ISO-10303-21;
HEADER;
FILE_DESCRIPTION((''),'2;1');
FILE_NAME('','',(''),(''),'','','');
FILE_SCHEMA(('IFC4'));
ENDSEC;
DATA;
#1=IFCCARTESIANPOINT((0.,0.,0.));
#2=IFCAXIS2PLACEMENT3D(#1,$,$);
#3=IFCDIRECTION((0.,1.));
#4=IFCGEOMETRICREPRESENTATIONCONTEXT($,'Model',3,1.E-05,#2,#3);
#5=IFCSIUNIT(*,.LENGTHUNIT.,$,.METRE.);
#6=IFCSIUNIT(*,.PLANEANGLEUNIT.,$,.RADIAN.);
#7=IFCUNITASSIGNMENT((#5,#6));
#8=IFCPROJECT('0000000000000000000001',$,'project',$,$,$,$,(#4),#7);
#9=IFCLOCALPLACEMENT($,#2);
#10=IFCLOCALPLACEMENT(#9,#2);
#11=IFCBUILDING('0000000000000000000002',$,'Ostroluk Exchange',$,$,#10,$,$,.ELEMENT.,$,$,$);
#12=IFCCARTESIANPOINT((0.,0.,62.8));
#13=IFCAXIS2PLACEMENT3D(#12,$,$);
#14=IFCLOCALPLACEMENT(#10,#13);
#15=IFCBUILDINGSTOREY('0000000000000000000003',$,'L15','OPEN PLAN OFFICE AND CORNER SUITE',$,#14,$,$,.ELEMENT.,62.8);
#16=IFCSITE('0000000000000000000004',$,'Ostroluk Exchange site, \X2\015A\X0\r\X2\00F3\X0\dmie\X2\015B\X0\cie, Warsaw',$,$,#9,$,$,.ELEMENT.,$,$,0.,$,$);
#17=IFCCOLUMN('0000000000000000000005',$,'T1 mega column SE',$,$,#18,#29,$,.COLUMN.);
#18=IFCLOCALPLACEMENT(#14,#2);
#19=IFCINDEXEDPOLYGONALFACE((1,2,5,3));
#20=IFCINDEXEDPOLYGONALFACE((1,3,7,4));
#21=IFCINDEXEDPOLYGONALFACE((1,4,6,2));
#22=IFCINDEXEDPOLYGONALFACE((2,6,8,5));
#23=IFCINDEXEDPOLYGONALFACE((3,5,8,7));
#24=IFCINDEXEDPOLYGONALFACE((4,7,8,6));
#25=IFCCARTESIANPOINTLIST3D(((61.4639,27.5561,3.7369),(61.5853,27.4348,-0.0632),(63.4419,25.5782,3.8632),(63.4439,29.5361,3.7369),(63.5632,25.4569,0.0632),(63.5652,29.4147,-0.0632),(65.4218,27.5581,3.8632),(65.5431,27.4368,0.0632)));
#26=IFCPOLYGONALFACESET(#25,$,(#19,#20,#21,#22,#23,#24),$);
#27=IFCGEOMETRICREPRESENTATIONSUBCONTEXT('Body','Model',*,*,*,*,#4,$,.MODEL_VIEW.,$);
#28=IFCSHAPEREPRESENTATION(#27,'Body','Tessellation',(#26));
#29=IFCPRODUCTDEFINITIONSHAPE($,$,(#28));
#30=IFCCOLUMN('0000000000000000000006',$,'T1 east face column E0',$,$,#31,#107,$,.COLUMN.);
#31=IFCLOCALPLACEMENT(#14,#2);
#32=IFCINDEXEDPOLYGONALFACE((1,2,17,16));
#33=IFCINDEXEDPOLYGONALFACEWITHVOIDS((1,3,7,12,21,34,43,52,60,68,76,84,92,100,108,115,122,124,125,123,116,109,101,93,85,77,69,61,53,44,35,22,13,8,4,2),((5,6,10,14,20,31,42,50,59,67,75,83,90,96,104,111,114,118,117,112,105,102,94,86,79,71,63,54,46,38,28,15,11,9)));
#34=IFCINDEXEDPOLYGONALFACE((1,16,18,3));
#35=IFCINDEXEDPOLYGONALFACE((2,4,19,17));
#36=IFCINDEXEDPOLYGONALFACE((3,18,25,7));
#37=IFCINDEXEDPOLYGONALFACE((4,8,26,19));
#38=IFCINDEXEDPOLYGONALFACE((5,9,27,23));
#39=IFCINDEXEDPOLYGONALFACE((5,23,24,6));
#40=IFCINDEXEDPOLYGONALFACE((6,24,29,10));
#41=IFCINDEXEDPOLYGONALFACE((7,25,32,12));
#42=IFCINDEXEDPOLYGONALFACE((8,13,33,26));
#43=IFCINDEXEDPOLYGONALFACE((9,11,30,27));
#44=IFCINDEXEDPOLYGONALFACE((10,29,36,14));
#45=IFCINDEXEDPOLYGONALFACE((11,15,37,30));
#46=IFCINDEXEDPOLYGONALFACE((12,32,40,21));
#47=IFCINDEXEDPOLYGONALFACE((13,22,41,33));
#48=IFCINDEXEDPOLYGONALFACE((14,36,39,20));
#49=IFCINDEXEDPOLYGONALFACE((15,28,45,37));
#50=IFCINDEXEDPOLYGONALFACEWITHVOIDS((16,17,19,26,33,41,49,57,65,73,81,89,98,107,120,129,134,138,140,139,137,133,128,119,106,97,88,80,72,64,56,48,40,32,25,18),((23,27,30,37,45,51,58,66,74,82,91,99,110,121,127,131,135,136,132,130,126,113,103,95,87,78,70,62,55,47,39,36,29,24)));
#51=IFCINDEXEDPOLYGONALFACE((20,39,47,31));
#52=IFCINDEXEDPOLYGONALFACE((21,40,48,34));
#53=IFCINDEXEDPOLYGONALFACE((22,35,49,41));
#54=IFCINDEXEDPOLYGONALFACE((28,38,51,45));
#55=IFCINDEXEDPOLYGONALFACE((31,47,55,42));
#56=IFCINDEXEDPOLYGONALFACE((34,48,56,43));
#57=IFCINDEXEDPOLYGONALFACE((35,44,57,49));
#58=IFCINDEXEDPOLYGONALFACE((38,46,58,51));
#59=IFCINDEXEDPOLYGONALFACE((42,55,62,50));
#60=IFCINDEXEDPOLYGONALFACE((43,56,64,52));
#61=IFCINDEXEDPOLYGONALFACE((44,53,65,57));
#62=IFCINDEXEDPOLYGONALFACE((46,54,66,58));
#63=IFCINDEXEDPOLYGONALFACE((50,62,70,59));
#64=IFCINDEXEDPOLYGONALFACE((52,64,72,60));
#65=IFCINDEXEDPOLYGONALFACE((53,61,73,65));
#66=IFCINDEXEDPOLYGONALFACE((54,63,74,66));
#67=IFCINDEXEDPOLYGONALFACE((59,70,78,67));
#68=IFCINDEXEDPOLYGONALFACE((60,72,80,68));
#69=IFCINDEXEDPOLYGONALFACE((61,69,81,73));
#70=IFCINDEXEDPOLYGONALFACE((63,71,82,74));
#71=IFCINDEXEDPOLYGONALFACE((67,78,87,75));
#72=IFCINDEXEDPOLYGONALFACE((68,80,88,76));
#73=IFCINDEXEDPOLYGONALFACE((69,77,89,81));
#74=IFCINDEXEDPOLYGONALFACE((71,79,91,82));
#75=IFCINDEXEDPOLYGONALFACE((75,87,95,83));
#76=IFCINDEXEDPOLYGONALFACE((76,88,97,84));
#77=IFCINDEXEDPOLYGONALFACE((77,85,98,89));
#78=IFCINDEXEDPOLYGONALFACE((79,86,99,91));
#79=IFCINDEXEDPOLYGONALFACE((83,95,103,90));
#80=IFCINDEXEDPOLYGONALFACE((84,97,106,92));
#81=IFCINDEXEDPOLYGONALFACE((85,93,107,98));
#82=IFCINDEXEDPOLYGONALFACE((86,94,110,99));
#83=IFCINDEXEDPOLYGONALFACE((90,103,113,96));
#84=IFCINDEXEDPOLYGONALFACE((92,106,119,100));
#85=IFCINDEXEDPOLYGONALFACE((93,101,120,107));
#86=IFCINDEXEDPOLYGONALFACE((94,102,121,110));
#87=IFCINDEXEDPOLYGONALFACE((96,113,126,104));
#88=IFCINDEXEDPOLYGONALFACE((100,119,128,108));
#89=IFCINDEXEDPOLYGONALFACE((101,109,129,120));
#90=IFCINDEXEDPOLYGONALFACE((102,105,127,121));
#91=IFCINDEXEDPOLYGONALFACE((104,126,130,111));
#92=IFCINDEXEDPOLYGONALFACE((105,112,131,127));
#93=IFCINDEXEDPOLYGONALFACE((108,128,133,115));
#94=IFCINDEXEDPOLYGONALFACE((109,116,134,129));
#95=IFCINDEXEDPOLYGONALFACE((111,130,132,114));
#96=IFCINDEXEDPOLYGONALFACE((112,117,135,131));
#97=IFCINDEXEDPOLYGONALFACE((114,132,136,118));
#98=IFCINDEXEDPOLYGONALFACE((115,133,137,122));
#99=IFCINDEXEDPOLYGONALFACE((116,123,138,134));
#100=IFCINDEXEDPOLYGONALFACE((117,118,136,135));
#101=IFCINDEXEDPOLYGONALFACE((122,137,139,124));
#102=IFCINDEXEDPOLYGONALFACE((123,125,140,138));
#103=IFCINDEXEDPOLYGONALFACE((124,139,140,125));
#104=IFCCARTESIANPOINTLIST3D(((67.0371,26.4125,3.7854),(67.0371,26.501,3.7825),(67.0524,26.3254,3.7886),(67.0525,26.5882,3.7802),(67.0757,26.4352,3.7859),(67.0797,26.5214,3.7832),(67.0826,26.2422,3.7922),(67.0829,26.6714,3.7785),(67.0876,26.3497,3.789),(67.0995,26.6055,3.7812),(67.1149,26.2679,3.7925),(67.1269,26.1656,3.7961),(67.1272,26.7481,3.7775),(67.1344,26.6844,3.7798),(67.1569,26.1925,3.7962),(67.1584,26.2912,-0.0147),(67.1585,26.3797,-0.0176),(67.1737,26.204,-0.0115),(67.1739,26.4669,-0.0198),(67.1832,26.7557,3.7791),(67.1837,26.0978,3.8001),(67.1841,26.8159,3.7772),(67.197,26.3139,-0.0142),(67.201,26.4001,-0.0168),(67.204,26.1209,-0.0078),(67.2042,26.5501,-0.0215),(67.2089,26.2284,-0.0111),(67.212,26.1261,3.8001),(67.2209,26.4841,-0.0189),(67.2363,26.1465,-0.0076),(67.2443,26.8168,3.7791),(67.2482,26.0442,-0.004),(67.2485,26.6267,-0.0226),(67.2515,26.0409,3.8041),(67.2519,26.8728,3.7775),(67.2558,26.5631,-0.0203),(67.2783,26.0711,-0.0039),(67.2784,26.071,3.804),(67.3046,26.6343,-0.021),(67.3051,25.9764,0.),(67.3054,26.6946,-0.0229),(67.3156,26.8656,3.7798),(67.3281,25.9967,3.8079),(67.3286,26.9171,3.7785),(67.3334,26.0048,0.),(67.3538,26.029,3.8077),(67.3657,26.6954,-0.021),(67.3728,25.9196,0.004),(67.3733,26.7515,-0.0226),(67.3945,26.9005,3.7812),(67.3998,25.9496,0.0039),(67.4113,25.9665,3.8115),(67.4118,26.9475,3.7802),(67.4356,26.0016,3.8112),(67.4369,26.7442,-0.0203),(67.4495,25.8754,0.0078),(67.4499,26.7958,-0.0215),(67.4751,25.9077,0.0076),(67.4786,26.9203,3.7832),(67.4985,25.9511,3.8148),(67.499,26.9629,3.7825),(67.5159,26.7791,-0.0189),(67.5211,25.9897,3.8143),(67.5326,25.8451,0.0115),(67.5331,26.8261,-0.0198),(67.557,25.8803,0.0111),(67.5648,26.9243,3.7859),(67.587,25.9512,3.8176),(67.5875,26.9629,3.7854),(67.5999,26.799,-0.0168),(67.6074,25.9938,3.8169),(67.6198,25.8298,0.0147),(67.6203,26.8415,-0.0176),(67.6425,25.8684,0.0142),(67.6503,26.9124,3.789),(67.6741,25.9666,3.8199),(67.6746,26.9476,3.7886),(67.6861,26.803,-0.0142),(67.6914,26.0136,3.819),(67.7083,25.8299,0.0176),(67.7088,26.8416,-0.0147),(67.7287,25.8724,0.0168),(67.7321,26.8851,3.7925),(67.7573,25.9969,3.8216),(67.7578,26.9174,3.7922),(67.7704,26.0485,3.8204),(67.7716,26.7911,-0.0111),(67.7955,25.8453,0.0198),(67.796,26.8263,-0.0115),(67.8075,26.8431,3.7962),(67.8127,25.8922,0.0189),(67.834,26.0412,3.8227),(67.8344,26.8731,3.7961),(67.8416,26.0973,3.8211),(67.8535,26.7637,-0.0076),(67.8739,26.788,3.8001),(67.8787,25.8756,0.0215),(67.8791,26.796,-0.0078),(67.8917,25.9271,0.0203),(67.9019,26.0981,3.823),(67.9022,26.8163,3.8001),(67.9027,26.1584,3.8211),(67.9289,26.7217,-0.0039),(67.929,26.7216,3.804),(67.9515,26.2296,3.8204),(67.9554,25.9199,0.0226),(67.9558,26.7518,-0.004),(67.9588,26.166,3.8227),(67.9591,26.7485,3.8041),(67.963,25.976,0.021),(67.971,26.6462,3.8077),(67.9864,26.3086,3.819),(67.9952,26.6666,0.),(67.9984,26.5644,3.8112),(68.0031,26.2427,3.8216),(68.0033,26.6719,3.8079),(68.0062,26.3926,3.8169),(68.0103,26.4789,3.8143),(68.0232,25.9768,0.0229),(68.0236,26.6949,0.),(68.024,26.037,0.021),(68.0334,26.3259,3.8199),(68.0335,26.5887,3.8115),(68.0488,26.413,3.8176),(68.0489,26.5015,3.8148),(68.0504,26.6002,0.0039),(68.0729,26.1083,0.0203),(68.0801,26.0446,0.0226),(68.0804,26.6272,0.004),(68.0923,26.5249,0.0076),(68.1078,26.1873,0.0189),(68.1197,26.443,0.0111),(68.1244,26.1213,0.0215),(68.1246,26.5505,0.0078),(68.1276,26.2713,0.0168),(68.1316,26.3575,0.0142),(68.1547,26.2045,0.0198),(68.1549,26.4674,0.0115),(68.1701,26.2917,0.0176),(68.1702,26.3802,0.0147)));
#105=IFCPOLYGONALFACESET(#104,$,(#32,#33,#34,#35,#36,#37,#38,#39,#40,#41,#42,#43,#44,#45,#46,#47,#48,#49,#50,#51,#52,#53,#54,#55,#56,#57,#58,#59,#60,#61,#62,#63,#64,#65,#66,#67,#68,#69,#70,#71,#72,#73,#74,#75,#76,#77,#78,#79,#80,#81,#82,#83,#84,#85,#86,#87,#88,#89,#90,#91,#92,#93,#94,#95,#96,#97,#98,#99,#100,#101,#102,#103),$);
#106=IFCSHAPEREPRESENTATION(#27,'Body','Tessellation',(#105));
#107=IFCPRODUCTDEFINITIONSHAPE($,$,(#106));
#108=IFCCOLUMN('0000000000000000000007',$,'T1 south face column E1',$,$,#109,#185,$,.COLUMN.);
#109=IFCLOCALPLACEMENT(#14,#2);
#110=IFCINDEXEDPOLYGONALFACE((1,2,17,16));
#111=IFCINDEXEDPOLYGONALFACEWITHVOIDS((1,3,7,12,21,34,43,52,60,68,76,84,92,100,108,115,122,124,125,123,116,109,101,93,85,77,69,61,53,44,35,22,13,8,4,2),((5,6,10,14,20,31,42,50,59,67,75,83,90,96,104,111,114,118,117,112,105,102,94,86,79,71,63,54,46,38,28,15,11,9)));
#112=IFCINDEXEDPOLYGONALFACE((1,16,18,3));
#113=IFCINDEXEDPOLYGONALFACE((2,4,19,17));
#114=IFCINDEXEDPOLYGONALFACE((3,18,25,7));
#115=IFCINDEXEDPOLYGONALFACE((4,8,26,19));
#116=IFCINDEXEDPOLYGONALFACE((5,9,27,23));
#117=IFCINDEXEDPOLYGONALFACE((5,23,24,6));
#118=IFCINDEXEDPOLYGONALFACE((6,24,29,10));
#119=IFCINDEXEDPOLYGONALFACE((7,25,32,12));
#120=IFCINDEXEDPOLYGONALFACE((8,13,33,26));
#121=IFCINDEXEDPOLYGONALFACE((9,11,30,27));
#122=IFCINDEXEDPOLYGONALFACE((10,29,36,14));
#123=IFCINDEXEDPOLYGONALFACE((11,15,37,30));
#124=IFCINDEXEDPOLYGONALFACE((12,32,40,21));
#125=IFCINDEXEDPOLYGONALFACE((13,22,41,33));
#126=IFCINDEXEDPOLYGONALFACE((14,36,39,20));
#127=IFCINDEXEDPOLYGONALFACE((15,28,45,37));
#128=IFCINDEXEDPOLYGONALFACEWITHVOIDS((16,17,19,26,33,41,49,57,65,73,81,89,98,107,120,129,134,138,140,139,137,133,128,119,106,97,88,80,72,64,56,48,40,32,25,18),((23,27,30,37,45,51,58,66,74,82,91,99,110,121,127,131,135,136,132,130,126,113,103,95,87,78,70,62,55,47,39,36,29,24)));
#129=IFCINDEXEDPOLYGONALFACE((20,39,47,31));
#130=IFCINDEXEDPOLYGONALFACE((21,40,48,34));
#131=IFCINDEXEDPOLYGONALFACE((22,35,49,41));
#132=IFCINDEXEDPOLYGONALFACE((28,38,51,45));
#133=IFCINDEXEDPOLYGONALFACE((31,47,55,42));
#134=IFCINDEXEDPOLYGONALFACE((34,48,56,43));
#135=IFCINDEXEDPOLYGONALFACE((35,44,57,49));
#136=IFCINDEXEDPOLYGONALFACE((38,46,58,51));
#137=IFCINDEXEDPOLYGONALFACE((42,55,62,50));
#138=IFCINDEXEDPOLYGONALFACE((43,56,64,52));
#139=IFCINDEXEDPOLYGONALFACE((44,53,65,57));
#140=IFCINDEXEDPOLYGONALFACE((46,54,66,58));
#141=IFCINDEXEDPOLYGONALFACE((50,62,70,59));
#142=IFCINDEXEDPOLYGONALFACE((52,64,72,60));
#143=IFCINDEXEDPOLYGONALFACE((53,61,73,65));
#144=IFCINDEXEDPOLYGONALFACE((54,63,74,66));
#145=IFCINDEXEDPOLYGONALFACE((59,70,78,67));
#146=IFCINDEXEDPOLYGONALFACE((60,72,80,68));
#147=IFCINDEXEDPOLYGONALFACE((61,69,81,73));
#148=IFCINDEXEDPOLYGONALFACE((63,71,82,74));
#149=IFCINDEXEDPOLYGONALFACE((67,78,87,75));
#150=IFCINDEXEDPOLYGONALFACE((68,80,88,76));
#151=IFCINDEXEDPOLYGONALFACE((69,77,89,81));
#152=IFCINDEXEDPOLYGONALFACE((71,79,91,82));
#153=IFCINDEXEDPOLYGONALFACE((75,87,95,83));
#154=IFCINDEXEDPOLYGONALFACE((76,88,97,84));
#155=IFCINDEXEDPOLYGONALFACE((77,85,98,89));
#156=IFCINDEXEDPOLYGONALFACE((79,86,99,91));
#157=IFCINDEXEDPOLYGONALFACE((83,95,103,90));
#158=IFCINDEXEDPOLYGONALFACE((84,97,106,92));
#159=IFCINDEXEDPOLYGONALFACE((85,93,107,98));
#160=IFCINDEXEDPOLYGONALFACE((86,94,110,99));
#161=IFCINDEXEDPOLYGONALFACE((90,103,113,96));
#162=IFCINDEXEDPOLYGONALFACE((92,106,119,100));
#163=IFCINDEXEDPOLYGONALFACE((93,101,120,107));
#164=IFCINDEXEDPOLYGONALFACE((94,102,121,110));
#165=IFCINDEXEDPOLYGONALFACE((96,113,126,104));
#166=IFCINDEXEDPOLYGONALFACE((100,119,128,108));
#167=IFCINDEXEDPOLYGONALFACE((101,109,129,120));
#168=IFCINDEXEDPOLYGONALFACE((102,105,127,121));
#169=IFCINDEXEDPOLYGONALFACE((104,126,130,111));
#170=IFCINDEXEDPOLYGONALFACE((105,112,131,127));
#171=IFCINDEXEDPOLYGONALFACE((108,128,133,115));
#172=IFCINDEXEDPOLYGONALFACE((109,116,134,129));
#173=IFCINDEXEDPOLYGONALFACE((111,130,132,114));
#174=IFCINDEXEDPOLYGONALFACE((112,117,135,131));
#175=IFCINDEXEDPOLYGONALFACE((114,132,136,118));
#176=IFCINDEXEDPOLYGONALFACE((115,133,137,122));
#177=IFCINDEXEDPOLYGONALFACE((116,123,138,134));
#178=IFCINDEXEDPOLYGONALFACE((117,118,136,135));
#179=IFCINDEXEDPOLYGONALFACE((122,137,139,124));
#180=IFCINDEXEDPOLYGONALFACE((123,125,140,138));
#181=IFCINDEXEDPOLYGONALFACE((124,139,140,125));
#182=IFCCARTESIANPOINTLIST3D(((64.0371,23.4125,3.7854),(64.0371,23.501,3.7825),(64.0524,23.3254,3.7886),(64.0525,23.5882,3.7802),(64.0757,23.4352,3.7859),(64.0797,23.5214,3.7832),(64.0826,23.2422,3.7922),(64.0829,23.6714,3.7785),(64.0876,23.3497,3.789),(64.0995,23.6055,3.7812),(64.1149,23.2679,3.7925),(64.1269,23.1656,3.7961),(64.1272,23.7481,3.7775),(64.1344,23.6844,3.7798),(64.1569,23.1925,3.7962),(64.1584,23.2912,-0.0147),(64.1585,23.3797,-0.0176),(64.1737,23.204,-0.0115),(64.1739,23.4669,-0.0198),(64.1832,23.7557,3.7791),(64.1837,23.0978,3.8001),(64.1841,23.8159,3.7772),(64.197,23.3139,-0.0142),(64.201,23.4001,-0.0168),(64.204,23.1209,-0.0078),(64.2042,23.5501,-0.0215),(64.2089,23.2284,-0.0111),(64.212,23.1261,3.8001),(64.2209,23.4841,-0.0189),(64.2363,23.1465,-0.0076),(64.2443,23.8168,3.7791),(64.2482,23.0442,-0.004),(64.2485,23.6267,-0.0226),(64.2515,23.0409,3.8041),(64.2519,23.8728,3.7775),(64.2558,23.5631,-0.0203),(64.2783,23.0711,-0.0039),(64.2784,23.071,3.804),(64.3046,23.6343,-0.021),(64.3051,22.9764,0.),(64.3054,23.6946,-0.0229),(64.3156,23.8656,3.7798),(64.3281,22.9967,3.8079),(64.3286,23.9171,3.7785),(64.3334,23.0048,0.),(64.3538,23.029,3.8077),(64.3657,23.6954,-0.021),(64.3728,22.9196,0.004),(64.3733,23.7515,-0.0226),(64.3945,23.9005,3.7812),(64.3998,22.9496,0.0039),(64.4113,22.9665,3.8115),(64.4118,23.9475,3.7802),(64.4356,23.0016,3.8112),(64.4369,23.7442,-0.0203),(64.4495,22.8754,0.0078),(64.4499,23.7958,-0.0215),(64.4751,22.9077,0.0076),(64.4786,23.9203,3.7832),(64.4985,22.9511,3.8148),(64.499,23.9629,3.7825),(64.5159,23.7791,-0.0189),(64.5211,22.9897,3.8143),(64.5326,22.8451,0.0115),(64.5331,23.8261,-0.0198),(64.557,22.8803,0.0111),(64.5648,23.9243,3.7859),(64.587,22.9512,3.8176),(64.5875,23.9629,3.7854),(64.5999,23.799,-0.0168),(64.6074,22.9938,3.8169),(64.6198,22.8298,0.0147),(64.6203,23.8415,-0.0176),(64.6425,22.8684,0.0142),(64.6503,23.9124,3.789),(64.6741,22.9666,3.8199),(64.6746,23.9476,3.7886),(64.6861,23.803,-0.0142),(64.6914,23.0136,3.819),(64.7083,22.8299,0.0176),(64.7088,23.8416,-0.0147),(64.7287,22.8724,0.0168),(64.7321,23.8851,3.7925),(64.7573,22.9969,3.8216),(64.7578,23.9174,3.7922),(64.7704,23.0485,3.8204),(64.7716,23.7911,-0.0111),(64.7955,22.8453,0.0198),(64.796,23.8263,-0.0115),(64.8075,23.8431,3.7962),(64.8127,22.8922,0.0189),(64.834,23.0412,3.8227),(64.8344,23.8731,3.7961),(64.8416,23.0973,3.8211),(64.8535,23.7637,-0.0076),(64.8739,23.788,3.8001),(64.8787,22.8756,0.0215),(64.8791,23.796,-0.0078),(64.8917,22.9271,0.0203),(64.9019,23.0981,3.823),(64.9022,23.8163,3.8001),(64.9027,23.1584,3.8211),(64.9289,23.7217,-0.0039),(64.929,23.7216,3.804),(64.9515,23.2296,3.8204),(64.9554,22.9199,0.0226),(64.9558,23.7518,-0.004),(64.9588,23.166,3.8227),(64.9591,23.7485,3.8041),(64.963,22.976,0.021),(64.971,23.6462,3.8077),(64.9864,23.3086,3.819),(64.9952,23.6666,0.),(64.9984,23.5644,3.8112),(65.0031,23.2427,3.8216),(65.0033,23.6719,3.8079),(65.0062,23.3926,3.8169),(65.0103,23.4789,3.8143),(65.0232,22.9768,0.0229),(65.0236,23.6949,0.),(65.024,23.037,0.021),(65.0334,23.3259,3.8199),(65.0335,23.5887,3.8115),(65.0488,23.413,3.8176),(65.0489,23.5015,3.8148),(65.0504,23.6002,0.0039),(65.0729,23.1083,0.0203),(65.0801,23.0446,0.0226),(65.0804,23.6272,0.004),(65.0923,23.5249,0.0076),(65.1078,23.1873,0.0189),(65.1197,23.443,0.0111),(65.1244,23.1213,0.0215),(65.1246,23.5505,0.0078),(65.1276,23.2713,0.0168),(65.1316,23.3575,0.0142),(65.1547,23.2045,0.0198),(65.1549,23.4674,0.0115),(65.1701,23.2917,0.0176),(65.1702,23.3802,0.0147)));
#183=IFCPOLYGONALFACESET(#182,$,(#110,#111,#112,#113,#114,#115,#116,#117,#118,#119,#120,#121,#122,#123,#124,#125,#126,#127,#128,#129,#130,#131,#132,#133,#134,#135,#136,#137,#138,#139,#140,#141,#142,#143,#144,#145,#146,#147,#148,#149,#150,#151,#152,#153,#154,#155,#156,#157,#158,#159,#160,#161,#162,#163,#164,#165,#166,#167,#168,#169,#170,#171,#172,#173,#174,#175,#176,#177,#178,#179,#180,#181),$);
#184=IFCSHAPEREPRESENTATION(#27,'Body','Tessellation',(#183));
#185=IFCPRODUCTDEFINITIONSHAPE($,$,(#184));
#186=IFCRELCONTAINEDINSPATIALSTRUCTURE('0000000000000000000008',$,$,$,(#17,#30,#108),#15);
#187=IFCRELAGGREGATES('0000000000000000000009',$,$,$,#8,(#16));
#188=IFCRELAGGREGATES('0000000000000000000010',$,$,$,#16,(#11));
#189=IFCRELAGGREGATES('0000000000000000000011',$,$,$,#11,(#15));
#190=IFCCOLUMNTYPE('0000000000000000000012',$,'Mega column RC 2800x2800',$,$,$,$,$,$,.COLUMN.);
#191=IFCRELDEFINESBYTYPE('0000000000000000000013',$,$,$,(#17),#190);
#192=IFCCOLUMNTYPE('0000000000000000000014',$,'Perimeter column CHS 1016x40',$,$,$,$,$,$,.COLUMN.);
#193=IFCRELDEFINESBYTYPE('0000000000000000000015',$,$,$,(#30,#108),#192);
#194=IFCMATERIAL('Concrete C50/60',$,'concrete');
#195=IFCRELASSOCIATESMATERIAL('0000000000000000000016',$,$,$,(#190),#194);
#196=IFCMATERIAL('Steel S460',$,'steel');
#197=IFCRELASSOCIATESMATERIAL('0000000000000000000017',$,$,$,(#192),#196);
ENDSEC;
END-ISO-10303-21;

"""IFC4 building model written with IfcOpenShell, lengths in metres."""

from ifc_helpers import new_model, si_unit, direction, frame, origin, origin_2d, place, context, subcontext, project, spatial, rectangle, hollow_circle, extrude, material, material_profile, profile_set, type_object, element, save


model = new_model("IFC4")

# Units and contexts
model_context = context("Model", 3, precision=1e-05, world=origin(), true_north=direction((0.0, 1.0)))
body_context = subcontext(model_context, "Body", "Model", "MODEL_VIEW")
ifc_project = project(units=[si_unit("LENGTHUNIT", "METRE"), si_unit("PLANEANGLEUNIT", "RADIAN")], contexts=[model_context])

# Site, building, storey
site_placement = place(None, origin())
site = spatial("IfcSite", under=ifc_project, at=site_placement, Name="Ostroluk Exchange site, Śródmieście, Warsaw", CompositionType="ELEMENT", RefElevation=0.0)
building_placement = place(site_placement, origin())
building = spatial("IfcBuilding", under=site, at=building_placement, Name="Ostroluk Exchange", CompositionType="ELEMENT")
storey_placement = place(building_placement, frame((0.0, 0.0, 62.8)))
storey = spatial("IfcBuildingStorey", under=building, at=storey_placement, Name="L15", Description="OPEN PLAN OFFICE AND CORNER SUITE", CompositionType="ELEMENT", Elevation=62.8)

# Columns
ifc_material_1 = material(Name="Concrete C50/60", Category="concrete")
ifc_material_profile_1 = material_profile(ifc_material_1, rectangle(XDim=2.8, YDim=2.8, at=origin_2d()), Name="RC 2800x2800")
ifc_profile_set_1 = profile_set([ifc_material_profile_1], Name="Concrete C50/60")
column_type_1 = type_object("IfcColumnType", Name="Mega column RC 2800x2800", PredefinedType="COLUMN", material=ifc_profile_set_1)
column_1_placement = place(storey_placement, frame((63.5642, 27.4358, 0.0), z_axis=(-0.031898, 0.031898, 0.998982), x_axis=(-0.707107, -0.707107, 0.0)))
element("IfcColumn", 1, at=column_1_placement, inside=storey, type_object=column_type_1, Name="T1 mega column SE", PredefinedType="COLUMN", context=body_context, shape_type="SweptSolid", body=[
    extrude(rectangle(XDim=2.8, YDim=2.8, at=origin_2d()), origin(), (0.0, 0.0, 1.0), 3.804),
])
ifc_material_2 = material(Name="Steel S460", Category="steel")
ifc_material_profile_2 = material_profile(ifc_material_2, hollow_circle(Radius=0.5081, WallThickness=0.04, at=origin_2d()), Name="CHS 1016x40")
ifc_profile_set_2 = profile_set([ifc_material_profile_2], Name="Steel S460")
column_type_2 = type_object("IfcColumnType", Name="Perimeter column CHS 1016x40", PredefinedType="COLUMN", material=ifc_profile_set_2)
for number, where, z_axis, x_axis, name in (
    (2, (67.6643, 26.3357, 0.0), (-0.031898, 0.031898, 0.998982), (-0.707107, -0.707107, 0.0), "T1 east face column E0"),
    (3, (64.6643, 23.3357, 0.0), (-0.031898, 0.031898, 0.998982), (-0.707107, -0.707107, 0.0), "T1 south face column E1"),
):
    element("IfcColumn", number, at=place(storey_placement, frame(where, z_axis=z_axis, x_axis=x_axis)), inside=storey, type_object=column_type_2, Name=name, PredefinedType="COLUMN", context=body_context, shape_type="SweptSolid", body=[
        extrude(hollow_circle(Radius=0.5081, WallThickness=0.04, at=origin_2d()), origin(), (0.0, 0.0, 1.0), 3.804),
    ])

save(model, "model.ifc")
